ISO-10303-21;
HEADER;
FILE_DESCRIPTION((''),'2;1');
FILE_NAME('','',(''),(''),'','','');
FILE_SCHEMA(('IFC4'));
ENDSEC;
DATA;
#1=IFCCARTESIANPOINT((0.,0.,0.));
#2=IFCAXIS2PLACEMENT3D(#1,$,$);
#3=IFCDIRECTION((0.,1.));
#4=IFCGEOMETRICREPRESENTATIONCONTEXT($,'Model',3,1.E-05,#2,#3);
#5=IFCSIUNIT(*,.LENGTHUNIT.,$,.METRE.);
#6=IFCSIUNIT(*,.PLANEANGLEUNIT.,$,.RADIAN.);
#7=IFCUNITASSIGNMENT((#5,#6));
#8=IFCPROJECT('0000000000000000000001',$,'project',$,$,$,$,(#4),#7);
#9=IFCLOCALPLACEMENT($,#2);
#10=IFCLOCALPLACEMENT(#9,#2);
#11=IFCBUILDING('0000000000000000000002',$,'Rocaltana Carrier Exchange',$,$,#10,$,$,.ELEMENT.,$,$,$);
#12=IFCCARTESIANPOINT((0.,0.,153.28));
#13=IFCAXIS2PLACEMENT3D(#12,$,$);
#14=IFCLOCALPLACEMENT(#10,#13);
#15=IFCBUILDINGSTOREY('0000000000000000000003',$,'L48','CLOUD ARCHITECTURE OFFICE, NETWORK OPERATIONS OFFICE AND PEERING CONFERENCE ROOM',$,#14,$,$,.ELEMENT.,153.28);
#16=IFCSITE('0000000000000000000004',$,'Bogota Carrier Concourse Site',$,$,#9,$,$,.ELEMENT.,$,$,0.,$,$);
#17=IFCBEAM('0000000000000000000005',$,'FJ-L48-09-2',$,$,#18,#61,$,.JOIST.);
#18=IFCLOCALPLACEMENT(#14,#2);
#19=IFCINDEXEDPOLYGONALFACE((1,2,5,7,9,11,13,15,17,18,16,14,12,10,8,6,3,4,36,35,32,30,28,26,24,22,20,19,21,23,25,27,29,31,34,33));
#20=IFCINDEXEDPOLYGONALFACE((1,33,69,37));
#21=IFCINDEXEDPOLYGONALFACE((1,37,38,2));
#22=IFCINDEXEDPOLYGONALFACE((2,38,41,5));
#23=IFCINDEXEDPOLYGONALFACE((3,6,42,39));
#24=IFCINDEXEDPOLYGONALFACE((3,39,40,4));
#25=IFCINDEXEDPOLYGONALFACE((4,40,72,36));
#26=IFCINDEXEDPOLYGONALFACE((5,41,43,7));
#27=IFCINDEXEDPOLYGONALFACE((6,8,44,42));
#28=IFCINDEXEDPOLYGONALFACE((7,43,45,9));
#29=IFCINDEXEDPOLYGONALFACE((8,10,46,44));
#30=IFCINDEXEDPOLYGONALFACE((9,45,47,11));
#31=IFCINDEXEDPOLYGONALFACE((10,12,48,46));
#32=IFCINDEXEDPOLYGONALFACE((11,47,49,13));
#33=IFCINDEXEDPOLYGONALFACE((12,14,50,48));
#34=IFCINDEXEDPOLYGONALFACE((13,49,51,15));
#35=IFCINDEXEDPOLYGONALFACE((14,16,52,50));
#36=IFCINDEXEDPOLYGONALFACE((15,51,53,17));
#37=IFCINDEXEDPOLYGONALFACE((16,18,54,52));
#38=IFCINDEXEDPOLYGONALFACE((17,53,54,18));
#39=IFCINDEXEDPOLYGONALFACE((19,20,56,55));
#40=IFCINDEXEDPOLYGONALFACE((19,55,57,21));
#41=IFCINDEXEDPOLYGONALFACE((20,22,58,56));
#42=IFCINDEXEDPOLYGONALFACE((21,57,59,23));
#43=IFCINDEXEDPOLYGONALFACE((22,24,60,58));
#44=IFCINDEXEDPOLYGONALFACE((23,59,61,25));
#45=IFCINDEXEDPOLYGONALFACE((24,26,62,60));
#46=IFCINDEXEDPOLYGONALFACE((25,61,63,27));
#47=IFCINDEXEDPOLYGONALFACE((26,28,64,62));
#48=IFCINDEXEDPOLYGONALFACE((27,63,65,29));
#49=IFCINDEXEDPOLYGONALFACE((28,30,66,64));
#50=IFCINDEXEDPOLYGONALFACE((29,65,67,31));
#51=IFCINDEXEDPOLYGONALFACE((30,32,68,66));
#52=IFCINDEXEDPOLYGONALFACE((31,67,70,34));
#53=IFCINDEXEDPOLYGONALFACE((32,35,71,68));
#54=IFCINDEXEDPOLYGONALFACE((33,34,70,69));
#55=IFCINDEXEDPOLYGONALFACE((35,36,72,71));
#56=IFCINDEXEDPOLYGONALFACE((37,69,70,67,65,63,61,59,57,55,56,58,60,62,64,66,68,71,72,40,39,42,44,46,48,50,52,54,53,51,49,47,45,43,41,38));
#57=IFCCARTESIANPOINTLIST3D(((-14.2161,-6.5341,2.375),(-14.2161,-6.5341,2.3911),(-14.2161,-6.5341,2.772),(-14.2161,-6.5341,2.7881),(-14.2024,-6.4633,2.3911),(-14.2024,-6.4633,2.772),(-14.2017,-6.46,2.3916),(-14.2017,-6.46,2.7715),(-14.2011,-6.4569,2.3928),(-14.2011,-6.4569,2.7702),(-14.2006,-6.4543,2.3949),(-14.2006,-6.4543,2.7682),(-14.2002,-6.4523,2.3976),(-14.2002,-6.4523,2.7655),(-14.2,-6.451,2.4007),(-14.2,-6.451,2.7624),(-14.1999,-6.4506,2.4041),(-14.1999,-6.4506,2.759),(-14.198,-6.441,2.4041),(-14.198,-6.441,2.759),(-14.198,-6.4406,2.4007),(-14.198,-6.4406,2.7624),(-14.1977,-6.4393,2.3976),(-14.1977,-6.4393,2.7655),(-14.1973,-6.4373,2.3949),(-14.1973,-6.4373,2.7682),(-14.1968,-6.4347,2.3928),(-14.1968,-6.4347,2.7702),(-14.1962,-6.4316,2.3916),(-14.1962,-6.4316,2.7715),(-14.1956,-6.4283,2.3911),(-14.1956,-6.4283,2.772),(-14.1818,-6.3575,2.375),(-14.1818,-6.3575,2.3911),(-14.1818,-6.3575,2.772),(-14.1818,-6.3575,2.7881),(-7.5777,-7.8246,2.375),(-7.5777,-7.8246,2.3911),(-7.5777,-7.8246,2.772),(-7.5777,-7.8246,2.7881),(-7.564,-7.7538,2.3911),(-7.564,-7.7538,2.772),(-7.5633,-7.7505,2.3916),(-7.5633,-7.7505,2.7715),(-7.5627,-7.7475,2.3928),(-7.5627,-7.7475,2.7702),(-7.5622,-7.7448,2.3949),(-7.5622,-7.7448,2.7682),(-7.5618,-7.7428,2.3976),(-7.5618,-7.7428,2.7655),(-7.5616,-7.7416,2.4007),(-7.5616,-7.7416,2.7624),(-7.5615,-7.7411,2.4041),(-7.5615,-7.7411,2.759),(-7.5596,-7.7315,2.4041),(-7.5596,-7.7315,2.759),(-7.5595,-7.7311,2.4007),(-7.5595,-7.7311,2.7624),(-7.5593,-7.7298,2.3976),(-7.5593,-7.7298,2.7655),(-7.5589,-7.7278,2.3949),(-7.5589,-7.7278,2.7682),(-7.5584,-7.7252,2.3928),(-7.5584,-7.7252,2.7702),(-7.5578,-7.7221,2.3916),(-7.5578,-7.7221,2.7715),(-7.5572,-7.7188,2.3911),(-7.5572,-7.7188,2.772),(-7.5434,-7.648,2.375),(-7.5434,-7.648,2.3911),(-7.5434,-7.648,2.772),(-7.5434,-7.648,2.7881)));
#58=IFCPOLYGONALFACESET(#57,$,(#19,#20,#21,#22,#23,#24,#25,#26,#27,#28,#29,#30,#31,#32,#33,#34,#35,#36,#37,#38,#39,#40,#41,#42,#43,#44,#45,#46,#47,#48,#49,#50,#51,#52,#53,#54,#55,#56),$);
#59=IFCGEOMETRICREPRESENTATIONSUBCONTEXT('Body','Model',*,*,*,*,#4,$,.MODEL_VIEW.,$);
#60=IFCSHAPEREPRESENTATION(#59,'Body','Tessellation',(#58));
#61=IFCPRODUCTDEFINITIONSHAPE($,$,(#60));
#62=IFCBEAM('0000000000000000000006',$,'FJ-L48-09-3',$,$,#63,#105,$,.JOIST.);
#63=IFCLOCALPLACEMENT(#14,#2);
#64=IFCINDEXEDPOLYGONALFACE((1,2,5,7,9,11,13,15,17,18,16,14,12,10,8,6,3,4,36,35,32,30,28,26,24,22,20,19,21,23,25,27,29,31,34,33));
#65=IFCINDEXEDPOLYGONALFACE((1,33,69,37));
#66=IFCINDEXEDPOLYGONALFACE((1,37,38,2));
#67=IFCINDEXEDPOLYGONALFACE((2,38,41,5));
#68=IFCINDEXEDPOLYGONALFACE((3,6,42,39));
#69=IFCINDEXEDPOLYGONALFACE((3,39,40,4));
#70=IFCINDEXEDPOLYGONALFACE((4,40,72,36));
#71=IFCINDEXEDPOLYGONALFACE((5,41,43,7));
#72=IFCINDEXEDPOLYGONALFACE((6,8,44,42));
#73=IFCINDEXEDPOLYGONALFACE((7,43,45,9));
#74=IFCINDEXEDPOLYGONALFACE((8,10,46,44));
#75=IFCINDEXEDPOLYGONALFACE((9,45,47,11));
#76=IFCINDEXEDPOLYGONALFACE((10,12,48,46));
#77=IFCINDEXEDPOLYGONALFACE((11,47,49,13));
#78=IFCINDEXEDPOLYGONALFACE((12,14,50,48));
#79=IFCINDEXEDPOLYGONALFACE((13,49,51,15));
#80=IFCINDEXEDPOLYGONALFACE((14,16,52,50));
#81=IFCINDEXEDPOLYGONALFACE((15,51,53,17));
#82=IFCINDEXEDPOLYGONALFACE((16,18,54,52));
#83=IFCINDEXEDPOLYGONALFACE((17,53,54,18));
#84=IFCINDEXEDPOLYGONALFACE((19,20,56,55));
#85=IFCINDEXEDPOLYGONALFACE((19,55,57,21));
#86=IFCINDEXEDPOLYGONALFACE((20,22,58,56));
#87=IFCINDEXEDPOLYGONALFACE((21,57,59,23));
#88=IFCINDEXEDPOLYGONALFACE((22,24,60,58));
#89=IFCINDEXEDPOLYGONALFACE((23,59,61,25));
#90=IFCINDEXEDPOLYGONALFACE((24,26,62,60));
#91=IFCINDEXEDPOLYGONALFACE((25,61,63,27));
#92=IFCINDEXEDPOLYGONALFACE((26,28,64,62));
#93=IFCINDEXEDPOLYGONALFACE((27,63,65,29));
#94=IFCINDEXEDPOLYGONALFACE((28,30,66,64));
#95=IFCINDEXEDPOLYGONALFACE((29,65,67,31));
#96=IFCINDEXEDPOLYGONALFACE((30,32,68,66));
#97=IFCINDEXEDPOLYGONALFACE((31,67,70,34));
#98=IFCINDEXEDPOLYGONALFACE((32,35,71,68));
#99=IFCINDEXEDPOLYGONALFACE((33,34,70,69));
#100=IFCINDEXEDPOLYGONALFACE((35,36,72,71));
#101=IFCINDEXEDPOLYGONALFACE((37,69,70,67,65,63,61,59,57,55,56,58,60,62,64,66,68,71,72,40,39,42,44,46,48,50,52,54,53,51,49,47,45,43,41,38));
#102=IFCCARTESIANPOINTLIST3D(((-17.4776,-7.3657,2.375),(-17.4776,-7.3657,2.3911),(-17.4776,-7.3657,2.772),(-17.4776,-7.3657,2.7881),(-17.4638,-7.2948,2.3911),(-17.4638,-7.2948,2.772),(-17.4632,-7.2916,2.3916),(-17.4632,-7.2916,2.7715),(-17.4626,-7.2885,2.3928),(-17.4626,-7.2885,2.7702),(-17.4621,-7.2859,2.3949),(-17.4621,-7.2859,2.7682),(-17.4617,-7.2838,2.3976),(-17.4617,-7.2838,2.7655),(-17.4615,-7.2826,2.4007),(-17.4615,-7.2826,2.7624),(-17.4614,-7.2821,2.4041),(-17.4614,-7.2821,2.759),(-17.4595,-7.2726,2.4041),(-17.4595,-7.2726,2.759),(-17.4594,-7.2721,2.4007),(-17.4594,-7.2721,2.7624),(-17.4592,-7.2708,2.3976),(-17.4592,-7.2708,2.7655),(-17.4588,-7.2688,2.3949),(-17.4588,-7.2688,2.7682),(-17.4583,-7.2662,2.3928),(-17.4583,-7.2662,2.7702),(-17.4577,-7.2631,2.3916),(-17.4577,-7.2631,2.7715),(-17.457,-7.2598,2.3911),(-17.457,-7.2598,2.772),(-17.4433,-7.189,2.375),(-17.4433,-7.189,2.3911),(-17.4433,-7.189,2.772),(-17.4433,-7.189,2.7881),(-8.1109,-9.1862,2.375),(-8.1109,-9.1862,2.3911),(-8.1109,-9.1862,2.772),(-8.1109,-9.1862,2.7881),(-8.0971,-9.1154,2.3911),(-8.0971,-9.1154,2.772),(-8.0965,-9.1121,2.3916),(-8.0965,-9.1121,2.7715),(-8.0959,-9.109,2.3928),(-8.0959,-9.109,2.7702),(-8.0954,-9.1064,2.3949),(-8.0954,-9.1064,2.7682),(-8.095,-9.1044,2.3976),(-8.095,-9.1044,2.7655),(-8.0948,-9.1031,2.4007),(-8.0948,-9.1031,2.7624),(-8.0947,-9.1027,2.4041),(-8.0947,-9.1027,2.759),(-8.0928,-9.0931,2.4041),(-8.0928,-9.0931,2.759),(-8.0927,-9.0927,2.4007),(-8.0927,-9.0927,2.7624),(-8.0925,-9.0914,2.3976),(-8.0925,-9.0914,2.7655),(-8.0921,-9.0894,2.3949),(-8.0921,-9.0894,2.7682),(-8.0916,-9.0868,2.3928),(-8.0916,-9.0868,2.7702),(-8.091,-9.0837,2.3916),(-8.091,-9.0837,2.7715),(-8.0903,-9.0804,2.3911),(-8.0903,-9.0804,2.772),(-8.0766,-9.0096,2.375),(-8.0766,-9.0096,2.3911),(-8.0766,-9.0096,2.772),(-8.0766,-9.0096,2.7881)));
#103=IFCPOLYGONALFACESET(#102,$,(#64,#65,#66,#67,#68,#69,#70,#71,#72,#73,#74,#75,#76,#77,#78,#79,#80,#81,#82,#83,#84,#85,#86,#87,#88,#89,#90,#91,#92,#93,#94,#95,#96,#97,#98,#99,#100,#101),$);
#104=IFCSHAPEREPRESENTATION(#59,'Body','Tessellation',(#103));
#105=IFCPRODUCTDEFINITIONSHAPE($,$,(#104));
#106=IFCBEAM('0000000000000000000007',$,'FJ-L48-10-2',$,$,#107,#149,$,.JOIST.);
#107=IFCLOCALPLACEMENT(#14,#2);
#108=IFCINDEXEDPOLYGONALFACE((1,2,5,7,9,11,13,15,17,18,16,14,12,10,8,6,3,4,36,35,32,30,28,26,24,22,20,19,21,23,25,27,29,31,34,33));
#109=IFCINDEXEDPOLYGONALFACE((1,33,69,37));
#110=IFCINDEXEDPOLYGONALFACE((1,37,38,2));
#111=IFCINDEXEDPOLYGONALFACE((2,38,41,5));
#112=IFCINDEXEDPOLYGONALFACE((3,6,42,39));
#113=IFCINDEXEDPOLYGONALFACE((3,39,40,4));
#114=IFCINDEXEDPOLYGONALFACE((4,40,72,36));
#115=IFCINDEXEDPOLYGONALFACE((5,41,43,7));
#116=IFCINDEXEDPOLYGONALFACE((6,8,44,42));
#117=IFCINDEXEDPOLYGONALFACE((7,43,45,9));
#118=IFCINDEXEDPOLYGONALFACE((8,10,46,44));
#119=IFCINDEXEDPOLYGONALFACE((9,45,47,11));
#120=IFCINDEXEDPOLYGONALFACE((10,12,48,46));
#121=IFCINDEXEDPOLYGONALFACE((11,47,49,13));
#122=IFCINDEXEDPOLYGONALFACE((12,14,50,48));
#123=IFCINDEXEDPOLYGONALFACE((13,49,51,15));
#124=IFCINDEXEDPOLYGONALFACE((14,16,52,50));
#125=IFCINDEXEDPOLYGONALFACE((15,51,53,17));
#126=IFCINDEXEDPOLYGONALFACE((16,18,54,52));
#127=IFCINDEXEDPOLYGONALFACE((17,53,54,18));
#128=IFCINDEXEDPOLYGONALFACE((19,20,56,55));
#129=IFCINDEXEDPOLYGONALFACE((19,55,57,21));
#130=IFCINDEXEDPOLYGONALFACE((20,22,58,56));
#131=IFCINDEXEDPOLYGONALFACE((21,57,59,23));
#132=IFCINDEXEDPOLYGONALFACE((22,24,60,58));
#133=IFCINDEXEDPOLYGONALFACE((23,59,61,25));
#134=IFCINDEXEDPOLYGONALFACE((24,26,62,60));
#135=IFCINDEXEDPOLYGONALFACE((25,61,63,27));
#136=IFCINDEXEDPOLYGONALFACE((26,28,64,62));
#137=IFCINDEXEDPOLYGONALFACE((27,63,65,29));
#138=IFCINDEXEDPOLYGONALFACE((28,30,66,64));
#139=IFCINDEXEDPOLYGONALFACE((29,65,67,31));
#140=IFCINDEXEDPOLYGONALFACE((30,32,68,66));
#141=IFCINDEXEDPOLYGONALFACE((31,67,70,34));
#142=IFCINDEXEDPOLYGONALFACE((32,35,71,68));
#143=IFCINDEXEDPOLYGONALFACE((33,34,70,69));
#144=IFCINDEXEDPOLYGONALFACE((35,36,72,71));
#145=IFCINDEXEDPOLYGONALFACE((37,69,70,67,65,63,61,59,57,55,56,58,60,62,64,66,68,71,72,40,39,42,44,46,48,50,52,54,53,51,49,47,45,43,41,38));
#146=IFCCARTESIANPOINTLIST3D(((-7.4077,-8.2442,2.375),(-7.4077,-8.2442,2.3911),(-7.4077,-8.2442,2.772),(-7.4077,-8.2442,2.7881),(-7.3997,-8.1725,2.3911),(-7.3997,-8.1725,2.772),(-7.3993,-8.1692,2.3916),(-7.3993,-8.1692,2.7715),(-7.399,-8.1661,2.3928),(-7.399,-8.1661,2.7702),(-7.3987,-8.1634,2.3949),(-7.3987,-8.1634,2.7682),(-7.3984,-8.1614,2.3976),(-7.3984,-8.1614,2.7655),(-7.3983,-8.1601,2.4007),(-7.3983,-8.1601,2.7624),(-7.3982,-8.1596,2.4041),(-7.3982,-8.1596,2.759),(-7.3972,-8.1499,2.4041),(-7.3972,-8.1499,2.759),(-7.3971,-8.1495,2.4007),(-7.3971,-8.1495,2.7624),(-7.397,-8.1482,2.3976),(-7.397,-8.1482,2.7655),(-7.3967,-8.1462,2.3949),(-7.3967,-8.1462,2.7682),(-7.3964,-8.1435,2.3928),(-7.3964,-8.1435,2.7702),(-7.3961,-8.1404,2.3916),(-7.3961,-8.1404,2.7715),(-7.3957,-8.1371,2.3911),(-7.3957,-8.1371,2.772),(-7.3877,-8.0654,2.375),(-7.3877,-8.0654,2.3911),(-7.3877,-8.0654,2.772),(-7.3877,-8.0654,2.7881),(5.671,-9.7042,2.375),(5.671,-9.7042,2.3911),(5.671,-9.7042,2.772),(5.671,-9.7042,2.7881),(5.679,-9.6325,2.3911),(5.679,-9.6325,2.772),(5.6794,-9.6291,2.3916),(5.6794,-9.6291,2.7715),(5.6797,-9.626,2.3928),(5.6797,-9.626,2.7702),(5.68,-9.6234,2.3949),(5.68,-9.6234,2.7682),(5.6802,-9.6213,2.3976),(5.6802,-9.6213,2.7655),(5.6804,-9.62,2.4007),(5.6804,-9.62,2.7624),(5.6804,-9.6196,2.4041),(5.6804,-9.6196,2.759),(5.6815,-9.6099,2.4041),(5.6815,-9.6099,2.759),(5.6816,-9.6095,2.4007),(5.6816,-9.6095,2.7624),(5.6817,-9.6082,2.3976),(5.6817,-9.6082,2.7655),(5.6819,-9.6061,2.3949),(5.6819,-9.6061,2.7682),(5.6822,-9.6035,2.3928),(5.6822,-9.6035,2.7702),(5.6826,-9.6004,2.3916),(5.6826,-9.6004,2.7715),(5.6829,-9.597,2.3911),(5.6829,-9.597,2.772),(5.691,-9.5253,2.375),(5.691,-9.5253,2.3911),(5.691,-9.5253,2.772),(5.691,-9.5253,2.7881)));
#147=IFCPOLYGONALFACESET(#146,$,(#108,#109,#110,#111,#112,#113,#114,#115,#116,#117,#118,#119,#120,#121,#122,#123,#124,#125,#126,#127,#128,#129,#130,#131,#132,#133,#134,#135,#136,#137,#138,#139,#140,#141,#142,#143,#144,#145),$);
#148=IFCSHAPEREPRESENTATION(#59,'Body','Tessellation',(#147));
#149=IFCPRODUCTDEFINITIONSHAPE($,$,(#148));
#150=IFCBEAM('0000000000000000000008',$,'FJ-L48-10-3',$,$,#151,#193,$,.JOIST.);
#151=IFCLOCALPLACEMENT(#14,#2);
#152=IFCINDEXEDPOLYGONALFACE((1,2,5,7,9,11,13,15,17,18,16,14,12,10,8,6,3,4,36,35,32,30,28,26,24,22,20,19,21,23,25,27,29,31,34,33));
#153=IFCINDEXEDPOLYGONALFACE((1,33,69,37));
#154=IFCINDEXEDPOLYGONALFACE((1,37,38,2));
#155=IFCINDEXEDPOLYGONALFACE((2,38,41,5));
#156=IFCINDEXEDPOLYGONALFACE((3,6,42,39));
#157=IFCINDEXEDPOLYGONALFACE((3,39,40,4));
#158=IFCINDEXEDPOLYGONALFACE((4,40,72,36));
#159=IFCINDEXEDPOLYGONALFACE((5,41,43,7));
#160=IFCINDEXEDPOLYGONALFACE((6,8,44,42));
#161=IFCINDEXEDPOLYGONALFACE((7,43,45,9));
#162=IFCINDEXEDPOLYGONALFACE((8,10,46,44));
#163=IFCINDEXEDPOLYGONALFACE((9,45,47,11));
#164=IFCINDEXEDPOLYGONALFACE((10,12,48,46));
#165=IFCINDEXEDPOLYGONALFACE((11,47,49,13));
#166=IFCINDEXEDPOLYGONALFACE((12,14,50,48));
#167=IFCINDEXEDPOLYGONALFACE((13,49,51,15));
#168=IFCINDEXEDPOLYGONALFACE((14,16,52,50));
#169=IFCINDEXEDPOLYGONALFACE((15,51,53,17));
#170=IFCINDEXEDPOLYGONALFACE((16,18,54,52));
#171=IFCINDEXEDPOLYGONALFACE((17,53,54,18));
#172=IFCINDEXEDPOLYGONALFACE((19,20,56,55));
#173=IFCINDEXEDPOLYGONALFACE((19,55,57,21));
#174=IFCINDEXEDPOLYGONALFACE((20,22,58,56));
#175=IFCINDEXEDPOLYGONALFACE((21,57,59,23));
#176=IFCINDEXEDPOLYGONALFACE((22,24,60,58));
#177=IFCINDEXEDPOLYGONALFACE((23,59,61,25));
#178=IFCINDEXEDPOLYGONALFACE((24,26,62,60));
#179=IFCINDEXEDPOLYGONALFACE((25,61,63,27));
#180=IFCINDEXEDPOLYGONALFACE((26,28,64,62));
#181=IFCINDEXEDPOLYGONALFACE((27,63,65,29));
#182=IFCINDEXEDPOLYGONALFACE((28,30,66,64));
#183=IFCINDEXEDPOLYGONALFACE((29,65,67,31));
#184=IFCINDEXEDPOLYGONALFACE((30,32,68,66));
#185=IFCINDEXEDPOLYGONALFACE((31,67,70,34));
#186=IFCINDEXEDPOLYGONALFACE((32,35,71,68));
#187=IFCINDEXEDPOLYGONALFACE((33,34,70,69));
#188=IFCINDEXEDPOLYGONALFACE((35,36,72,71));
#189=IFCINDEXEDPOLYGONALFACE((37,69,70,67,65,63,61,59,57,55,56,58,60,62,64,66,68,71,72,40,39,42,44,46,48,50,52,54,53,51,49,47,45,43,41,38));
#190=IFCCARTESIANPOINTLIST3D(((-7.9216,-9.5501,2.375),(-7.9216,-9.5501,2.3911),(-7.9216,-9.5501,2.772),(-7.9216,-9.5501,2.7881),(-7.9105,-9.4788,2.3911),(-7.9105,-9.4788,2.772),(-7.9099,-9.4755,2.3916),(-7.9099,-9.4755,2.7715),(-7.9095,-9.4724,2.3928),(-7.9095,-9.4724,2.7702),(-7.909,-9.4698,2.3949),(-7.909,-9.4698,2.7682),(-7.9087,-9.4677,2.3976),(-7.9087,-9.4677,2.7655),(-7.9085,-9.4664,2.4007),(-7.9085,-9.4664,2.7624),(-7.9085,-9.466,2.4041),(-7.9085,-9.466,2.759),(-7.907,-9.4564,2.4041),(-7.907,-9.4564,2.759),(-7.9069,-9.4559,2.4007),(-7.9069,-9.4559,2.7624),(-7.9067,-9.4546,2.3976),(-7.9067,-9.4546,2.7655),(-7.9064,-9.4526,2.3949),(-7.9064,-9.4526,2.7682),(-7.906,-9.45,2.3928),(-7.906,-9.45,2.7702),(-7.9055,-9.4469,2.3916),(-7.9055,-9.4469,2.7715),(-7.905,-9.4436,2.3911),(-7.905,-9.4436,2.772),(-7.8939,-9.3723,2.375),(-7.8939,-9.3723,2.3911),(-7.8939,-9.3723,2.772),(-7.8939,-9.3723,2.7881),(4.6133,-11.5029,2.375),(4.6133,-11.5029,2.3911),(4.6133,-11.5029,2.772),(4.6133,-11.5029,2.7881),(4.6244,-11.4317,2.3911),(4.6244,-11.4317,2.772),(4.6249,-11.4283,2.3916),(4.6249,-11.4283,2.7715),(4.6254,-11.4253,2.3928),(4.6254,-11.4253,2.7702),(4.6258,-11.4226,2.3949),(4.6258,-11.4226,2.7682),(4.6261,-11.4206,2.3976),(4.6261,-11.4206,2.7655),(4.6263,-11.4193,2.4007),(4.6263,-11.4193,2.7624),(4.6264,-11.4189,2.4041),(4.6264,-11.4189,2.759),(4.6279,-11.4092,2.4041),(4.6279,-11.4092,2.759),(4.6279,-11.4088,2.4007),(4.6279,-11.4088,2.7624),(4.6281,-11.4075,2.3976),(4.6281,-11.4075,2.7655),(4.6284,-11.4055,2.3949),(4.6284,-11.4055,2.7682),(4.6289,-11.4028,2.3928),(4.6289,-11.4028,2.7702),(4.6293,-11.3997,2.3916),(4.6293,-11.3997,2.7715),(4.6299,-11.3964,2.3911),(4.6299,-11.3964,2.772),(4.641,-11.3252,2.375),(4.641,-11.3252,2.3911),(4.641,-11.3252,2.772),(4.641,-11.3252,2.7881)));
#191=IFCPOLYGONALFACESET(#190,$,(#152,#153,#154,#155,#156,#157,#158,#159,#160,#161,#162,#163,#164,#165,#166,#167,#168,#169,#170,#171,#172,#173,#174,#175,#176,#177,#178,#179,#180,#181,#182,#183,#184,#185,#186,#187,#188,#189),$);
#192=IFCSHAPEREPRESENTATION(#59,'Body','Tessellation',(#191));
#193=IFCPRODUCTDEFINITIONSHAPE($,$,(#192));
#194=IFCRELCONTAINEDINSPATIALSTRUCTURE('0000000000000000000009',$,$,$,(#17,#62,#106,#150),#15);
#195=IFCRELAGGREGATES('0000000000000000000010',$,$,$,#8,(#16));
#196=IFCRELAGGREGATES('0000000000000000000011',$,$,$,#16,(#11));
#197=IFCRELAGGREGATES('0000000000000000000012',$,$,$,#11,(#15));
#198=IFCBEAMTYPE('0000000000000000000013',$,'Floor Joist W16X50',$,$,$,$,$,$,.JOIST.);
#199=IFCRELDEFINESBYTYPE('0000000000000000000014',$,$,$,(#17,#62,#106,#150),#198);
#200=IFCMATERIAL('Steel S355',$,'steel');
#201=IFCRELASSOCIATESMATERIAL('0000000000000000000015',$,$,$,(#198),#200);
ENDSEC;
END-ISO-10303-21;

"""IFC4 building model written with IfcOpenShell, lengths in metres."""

from ifc_helpers import new_model, si_unit, direction, frame, origin, origin_2d, place, context, subcontext, project, spatial, i_section, extrude, material, material_profile, profile_set, type_object, element, save


model = new_model("IFC4")

# Units and contexts
model_context = context("Model", 3, precision=1e-05, world=origin(), true_north=direction((0.0, 1.0)))
body_context = subcontext(model_context, "Body", "Model", "MODEL_VIEW")
ifc_project = project(units=[si_unit("LENGTHUNIT", "METRE"), si_unit("PLANEANGLEUNIT", "RADIAN")], contexts=[model_context])

# Site, building, storey
site_placement = place(None, origin())
site = spatial("IfcSite", under=ifc_project, at=site_placement, Name="Bogota Carrier Concourse Site", CompositionType="ELEMENT", RefElevation=0.0)
building_placement = place(site_placement, origin())
building = spatial("IfcBuilding", under=site, at=building_placement, Name="Rocaltana Carrier Exchange", CompositionType="ELEMENT")
storey_placement = place(building_placement, frame((0.0, 0.0, 153.28)))
storey = spatial("IfcBuildingStorey", under=building, at=storey_placement, Name="L48", Description="CLOUD ARCHITECTURE OFFICE, NETWORK OPERATIONS OFFICE AND PEERING CONFERENCE ROOM", CompositionType="ELEMENT", Elevation=153.28)

# Beams
ifc_material_1 = material(Name="Steel S355", Category="steel")
ifc_material_profile_1 = material_profile(ifc_material_1, i_section(OverallWidth=0.1799, OverallDepth=0.4131, WebThickness=0.0098, FlangeThickness=0.0161, FilletRadius=0.0129, at=origin_2d()), Name="W16X50")
ifc_profile_set_1 = profile_set([ifc_material_profile_1], Name="Steel S355")
beam_type_1 = type_object("IfcBeamType", Name="Floor Joist W16X50", PredefinedType="JOIST", material=ifc_profile_set_1)
beam_1_placement = place(storey_placement, frame((-14.199, -6.4458, 2.5815), z_axis=(0.981623, -0.19083, 0.0), x_axis=(0.19083, 0.981623, 0.0)))
element("IfcBeam", 1, at=beam_1_placement, inside=storey, type_object=beam_type_1, Name="FJ-L48-09-2", PredefinedType="JOIST", context=body_context, shape_type="SweptSolid", body=[
    extrude(i_section(OverallWidth=0.1799, OverallDepth=0.4131, WebThickness=0.0098, FlangeThickness=0.0161, FilletRadius=0.0129, at=origin_2d()), origin(), (0.0, 0.0, 1.0), 6.7627),
])
beam_2_placement = place(storey_placement, frame((-17.4604, -7.2773, 2.5815), z_axis=(0.98163, -0.190794, 0.0), x_axis=(0.190794, 0.98163, 0.0)))
element("IfcBeam", 2, at=beam_2_placement, inside=storey, type_object=beam_type_1, Name="FJ-L48-09-3", PredefinedType="JOIST", context=body_context, shape_type="SweptSolid", body=[
    extrude(i_section(OverallWidth=0.1799, OverallDepth=0.4131, WebThickness=0.0098, FlangeThickness=0.0161, FilletRadius=0.0129, at=origin_2d()), origin(), (0.0, 0.0, 1.0), 9.542),
])
beam_3_placement = place(storey_placement, frame((-7.3977, -8.1548, 2.5815), z_axis=(0.993827, -0.110941, 0.0), x_axis=(0.110941, 0.993827, 0.0)))
element("IfcBeam", 3, at=beam_3_placement, inside=storey, type_object=beam_type_1, Name="FJ-L48-10-2", PredefinedType="JOIST", context=body_context, shape_type="SweptSolid", body=[
    extrude(i_section(OverallWidth=0.1799, OverallDepth=0.4131, WebThickness=0.0098, FlangeThickness=0.0161, FilletRadius=0.0129, at=origin_2d()), origin(), (0.0, 0.0, 1.0), 13.1599),
])
beam_4_placement = place(storey_placement, frame((-7.9077, -9.4612, 2.5815), z_axis=(0.98808, -0.153938, 0.0), x_axis=(0.153938, 0.98808, 0.0)))
element("IfcBeam", 4, at=beam_4_placement, inside=storey, type_object=beam_type_1, Name="FJ-L48-10-3", PredefinedType="JOIST", context=body_context, shape_type="SweptSolid", body=[
    extrude(i_section(OverallWidth=0.1799, OverallDepth=0.4131, WebThickness=0.0098, FlangeThickness=0.0161, FilletRadius=0.0129, at=origin_2d()), origin(), (0.0, 0.0, 1.0), 12.686),
])

save(model, "model.ifc")
